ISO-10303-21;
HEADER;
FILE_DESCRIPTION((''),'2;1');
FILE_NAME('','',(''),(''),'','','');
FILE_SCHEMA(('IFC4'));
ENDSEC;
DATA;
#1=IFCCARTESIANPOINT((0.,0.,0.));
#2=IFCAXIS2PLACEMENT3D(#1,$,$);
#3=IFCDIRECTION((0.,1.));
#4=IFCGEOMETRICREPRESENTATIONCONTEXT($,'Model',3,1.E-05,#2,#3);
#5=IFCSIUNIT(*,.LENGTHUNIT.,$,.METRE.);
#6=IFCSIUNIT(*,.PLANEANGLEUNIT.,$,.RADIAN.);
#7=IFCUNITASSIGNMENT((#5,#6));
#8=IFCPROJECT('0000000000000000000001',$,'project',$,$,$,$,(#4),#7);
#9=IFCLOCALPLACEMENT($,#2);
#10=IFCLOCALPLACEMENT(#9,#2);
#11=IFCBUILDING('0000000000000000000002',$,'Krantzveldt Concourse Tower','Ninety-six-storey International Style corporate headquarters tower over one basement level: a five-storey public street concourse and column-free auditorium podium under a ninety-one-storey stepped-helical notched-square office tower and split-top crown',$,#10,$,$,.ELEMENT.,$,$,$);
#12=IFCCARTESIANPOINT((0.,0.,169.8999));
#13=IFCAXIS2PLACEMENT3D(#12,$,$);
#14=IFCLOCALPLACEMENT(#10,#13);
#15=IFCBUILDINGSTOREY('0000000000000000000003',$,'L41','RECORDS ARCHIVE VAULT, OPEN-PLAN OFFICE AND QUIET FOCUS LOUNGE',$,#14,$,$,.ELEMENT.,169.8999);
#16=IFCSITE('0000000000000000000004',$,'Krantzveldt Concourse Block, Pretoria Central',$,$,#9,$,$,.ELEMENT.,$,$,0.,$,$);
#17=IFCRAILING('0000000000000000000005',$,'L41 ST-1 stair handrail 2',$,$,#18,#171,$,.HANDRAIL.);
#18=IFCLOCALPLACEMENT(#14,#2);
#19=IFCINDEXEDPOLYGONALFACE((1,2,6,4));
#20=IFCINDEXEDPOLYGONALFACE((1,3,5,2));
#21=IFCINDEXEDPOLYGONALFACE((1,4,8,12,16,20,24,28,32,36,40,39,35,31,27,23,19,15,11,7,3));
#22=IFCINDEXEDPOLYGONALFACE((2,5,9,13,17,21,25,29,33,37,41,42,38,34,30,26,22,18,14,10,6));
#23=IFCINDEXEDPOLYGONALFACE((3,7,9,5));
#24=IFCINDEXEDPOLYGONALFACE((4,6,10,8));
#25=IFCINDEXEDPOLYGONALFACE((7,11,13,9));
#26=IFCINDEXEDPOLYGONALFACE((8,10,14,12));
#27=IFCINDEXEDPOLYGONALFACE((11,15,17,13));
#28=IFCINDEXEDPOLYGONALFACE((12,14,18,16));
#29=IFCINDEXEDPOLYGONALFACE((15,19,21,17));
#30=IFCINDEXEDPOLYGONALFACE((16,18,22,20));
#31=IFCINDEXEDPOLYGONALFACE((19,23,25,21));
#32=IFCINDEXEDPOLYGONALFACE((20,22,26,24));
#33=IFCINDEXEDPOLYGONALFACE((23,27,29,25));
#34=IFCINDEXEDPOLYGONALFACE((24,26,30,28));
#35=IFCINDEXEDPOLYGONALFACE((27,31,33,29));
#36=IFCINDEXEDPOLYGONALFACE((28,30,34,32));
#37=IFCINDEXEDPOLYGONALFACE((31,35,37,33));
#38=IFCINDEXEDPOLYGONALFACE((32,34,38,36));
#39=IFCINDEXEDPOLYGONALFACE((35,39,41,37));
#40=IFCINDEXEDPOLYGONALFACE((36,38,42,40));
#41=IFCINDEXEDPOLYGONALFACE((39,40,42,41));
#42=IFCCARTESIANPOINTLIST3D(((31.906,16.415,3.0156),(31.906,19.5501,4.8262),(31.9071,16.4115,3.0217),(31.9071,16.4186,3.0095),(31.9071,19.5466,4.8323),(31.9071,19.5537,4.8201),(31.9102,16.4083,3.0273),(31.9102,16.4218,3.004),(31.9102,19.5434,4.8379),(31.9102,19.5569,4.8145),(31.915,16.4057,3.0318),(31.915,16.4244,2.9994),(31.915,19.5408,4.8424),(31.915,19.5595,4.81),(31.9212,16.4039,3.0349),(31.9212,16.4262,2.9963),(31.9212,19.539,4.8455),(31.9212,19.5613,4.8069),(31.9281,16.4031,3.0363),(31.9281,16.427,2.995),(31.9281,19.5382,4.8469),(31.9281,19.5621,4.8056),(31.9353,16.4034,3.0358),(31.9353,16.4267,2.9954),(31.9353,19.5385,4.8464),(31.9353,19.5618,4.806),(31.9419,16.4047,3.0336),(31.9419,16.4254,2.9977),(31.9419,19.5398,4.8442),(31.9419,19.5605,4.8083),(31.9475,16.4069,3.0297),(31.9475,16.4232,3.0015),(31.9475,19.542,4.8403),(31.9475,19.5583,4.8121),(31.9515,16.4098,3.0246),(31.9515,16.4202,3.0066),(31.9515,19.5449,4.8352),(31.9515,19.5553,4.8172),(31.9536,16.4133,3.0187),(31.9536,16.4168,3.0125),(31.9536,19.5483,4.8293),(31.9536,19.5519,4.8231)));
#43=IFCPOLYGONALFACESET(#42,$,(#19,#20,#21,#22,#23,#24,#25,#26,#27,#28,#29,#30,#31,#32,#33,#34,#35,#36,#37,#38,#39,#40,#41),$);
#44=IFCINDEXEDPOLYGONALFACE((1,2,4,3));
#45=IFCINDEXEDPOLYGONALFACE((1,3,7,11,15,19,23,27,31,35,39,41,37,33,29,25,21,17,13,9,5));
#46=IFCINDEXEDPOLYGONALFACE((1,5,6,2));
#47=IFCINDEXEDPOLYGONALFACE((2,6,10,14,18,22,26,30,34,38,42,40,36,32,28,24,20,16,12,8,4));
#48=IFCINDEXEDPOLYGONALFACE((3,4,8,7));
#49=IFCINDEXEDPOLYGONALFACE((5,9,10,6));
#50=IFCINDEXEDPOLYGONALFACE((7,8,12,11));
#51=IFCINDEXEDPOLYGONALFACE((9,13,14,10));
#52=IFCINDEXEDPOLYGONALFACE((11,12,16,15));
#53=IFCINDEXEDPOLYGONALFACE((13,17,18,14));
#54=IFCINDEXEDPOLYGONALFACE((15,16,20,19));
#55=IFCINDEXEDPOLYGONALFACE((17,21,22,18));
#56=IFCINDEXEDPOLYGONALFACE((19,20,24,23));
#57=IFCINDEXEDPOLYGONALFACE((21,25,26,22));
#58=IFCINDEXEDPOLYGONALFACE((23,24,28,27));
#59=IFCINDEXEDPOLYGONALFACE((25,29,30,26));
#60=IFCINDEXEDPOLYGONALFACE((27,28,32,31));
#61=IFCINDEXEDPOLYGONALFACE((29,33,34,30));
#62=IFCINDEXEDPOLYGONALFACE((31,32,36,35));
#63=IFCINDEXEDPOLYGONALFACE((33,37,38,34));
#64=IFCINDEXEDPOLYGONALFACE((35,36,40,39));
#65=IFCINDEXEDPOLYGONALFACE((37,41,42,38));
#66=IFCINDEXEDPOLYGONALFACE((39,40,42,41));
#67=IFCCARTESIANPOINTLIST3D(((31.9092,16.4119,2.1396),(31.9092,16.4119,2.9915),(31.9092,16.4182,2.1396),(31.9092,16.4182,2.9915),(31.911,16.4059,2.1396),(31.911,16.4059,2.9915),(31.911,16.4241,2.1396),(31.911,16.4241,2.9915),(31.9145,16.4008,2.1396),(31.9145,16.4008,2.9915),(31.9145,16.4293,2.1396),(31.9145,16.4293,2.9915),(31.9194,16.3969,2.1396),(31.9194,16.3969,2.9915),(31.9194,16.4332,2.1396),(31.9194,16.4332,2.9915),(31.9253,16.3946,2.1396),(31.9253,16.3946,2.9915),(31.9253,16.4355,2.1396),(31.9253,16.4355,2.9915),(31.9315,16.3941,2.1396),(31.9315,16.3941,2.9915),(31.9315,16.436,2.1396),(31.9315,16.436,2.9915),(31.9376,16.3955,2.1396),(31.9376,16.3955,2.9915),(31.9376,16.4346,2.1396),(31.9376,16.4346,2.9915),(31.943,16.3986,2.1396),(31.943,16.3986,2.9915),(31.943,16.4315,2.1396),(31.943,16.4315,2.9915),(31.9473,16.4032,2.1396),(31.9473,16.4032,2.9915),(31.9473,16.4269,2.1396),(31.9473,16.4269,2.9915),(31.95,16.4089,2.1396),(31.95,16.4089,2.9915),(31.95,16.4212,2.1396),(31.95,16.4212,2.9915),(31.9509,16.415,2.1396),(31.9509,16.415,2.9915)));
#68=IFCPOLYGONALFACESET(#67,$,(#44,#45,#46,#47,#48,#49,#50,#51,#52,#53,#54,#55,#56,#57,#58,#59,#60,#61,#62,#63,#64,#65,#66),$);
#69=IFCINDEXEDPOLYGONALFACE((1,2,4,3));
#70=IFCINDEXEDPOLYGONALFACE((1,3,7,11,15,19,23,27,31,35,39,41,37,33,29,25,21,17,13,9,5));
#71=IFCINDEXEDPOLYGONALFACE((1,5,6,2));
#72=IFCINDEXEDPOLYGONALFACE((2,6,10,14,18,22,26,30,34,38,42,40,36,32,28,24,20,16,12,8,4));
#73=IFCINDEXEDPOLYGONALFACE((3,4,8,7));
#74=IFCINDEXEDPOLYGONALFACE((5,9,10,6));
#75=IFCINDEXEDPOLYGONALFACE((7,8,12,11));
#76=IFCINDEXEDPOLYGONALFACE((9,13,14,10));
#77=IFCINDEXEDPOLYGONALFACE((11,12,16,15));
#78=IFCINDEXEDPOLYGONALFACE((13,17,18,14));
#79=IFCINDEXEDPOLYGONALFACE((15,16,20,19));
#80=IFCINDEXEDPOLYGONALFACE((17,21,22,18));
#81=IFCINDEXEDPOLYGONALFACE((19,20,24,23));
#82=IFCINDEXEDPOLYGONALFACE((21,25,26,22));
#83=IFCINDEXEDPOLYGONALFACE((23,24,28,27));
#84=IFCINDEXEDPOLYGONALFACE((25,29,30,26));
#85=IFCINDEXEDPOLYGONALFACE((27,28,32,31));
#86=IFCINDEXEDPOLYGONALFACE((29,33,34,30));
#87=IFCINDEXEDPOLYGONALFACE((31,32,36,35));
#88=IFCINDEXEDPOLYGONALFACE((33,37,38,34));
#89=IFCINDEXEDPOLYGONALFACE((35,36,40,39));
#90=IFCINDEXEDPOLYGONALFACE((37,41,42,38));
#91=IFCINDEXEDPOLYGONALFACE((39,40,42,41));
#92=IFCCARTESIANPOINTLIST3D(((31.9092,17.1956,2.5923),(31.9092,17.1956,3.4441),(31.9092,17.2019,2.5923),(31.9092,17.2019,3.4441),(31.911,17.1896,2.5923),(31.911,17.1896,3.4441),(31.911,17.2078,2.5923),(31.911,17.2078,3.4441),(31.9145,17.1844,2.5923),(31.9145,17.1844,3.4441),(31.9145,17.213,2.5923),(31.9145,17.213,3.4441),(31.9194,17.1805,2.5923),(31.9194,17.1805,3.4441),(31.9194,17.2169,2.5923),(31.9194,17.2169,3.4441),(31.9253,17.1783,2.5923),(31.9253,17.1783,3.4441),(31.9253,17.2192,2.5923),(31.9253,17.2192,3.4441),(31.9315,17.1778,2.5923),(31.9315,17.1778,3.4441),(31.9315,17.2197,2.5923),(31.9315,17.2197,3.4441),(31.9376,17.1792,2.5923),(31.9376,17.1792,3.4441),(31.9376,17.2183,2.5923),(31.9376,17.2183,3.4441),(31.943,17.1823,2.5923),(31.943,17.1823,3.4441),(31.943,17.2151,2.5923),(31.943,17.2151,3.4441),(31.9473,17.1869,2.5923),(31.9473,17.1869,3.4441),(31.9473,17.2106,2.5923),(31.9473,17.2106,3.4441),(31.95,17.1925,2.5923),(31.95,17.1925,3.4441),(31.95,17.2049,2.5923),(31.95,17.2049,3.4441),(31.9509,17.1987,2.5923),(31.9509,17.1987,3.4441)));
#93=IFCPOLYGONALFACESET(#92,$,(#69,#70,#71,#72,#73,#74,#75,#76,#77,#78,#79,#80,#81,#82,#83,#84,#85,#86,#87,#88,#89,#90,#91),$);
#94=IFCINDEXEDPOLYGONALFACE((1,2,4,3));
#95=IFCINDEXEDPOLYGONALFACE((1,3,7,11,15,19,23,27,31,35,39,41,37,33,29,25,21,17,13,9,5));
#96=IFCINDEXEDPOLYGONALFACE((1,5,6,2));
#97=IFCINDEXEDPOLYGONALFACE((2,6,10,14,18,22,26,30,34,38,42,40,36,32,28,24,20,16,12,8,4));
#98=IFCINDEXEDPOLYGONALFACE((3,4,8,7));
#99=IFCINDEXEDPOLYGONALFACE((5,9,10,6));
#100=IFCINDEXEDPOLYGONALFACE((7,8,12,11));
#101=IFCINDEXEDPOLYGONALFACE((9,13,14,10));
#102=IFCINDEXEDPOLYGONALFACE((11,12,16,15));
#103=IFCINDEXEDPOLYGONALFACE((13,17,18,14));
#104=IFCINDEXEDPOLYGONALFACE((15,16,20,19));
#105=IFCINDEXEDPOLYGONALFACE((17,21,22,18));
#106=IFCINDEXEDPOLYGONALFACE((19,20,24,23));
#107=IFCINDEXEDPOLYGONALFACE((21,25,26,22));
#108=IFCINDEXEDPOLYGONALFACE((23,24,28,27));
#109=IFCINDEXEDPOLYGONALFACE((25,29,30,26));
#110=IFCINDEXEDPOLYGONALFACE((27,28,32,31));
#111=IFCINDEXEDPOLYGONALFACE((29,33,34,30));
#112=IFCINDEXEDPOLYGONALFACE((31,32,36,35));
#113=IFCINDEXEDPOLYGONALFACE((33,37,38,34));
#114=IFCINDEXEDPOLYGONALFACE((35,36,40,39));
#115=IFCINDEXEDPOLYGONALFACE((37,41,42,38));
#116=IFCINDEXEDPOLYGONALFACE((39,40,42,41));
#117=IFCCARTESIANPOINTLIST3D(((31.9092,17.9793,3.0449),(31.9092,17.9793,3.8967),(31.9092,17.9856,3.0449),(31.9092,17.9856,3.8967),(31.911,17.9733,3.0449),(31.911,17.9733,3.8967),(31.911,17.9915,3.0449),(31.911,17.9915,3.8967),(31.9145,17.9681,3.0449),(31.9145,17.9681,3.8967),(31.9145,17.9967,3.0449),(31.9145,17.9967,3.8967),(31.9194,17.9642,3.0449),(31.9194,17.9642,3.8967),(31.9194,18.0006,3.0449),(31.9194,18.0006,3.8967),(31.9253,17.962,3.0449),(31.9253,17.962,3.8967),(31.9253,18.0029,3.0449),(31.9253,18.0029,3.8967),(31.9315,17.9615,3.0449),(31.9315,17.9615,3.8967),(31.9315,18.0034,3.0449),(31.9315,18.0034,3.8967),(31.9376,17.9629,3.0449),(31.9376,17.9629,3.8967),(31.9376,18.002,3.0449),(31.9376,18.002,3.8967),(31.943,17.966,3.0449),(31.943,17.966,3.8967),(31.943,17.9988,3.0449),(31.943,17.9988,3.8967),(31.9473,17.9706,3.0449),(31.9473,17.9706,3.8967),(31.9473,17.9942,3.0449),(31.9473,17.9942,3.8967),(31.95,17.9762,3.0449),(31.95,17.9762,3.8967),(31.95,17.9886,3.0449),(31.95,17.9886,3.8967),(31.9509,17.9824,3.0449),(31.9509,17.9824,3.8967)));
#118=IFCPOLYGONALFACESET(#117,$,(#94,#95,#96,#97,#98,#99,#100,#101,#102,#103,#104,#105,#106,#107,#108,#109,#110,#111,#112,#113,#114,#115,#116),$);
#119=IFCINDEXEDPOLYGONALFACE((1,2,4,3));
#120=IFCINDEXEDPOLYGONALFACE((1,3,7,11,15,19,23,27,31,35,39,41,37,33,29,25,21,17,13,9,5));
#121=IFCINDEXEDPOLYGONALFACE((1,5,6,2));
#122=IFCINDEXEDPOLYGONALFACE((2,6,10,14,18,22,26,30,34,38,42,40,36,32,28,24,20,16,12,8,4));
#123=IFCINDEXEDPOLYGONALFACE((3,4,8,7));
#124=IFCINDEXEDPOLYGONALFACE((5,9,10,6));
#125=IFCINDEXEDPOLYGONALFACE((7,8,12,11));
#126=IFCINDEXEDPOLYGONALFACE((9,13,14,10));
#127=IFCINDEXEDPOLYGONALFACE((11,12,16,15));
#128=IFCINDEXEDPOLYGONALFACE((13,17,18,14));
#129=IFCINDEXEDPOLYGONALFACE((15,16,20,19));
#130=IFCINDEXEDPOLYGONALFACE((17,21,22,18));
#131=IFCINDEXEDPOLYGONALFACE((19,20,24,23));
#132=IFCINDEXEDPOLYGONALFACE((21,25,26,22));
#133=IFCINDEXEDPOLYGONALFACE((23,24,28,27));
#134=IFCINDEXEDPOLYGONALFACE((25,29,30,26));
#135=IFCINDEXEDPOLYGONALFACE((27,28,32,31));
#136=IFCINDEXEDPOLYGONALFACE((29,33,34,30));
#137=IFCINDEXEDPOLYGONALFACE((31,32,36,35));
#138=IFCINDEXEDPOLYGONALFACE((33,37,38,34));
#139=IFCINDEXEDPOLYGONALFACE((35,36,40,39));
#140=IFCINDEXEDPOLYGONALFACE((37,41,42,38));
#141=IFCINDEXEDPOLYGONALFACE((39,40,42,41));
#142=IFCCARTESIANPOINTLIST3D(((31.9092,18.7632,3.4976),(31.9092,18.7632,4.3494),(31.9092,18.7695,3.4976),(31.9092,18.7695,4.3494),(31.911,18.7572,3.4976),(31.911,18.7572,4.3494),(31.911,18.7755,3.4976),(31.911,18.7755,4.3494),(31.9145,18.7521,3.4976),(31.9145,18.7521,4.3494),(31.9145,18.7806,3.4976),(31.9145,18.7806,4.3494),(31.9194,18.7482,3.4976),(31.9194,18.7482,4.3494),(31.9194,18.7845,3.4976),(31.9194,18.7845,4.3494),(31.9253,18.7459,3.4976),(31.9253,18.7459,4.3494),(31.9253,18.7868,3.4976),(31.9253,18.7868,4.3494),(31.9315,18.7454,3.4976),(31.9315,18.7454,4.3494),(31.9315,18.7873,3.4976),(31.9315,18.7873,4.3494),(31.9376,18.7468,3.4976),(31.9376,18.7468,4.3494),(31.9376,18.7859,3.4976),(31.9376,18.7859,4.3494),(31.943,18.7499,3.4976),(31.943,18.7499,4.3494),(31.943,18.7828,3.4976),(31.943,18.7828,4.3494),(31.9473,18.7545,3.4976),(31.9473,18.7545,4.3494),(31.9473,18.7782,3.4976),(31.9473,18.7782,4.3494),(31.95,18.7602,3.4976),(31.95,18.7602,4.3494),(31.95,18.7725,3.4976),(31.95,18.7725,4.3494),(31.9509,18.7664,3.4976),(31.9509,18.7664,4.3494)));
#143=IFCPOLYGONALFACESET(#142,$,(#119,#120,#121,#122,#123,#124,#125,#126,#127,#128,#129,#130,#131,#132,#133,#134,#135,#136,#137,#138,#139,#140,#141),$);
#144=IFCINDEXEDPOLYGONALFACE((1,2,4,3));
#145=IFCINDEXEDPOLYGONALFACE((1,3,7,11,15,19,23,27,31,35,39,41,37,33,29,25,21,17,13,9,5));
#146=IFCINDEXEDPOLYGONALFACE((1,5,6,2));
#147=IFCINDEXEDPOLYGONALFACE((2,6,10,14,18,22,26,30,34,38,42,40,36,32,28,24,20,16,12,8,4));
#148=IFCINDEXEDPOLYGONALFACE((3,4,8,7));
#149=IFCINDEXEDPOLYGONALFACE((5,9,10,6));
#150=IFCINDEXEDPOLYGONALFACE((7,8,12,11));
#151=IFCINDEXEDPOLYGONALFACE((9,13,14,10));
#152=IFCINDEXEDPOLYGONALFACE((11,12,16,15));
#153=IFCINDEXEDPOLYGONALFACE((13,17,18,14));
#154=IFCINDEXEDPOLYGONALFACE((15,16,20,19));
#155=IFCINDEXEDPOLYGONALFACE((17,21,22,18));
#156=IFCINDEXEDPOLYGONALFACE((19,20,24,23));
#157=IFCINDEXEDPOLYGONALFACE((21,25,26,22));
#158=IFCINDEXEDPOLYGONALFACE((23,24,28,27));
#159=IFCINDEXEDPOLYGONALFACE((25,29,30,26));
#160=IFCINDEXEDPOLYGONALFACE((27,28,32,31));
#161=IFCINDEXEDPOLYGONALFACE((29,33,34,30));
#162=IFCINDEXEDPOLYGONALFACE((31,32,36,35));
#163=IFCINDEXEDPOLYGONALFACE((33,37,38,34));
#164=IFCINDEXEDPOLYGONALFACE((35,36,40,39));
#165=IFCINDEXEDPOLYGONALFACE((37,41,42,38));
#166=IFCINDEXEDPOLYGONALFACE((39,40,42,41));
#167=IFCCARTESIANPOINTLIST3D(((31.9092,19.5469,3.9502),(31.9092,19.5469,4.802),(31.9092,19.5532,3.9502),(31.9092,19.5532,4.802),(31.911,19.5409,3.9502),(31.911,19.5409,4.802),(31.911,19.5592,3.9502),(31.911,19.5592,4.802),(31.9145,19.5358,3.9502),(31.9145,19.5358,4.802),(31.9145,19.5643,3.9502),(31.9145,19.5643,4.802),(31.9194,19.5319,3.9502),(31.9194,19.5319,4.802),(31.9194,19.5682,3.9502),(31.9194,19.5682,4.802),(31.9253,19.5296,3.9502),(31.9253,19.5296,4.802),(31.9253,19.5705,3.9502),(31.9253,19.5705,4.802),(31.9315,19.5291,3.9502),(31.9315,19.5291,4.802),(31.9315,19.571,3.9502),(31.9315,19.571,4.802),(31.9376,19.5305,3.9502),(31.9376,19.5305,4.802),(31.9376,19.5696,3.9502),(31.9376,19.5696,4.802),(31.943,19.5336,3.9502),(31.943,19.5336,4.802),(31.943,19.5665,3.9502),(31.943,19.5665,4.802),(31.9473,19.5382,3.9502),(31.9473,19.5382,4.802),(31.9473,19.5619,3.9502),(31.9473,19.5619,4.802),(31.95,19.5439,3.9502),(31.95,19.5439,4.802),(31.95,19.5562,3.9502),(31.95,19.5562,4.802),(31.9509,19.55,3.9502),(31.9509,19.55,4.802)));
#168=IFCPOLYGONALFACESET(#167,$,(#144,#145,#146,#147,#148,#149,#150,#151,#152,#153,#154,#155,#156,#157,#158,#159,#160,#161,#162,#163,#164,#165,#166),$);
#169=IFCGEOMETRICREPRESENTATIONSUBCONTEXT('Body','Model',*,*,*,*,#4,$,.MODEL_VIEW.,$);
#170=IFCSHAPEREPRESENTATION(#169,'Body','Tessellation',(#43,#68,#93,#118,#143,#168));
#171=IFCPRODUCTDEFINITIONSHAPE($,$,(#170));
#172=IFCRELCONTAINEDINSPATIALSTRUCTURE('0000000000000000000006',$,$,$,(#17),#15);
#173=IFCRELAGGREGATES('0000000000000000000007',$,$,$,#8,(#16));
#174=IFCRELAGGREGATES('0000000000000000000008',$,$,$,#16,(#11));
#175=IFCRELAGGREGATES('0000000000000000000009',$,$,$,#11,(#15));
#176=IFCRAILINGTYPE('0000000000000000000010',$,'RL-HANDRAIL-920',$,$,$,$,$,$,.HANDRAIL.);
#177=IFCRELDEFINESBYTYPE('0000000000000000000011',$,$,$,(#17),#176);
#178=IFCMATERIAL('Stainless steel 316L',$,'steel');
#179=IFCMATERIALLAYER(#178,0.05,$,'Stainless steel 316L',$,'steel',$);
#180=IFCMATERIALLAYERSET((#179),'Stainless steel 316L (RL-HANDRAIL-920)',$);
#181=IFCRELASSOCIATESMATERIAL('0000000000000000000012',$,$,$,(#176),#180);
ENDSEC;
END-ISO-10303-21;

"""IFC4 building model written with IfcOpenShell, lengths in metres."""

from ifc_helpers import new_model, si_unit, direction, frame, origin, origin_2d, place, context, subcontext, project, spatial, circle, extrude, material, layer, layer_set, type_object, element, save


model = new_model("IFC4")

# Units and contexts
model_context = context("Model", 3, precision=1e-05, world=origin(), true_north=direction((0.0, 1.0)))
body_context = subcontext(model_context, "Body", "Model", "MODEL_VIEW")
ifc_project = project(units=[si_unit("LENGTHUNIT", "METRE"), si_unit("PLANEANGLEUNIT", "RADIAN")], contexts=[model_context])

# Site, building, storey
site_placement = place(None, origin())
site = spatial("IfcSite", under=ifc_project, at=site_placement, Name="Krantzveldt Concourse Block, Pretoria Central", CompositionType="ELEMENT", RefElevation=0.0)
building_placement = place(site_placement, origin())
building = spatial("IfcBuilding", under=site, at=building_placement, Name="Krantzveldt Concourse Tower", Description="Ninety-six-storey International Style corporate headquarters tower over one basement level: a five-storey public street concourse and column-free auditorium podium under a ninety-one-storey stepped-helical notched-square office tower and split-top crown", CompositionType="ELEMENT")
storey_placement = place(building_placement, frame((0.0, 0.0, 169.8999)))
storey = spatial("IfcBuildingStorey", under=building, at=storey_placement, Name="L41", Description="RECORDS ARCHIVE VAULT, OPEN-PLAN OFFICE AND QUIET FOCUS LOUNGE", CompositionType="ELEMENT", Elevation=169.8999)

# Railing
ifc_material_1 = material(Name="Stainless steel 316L", Category="steel")
ifc_layer_1 = layer(ifc_material_1, 0.05, Name="Stainless steel 316L", Category="steel")
ifc_layer_set_1 = layer_set([ifc_layer_1], Name="Stainless steel 316L (RL-HANDRAIL-920)")
railing_type_1 = type_object("IfcRailingType", Name="RL-HANDRAIL-920", PredefinedType="HANDRAIL", material=ifc_layer_set_1)
railing_1_placement = place(storey_placement, frame((31.9299, 16.415, 2.1396)))
element("IfcRailing", 1, at=railing_1_placement, inside=storey, type_object=railing_type_1, Name="L41 ST-1 stair handrail 2", PredefinedType="HANDRAIL", context=body_context, shape_type="SweptSolid", body=[
    extrude(circle(Radius=0.0239, at=origin_2d()), frame((0.0, 0.0, 0.876), z_axis=(0.0, 0.86596, 0.500114), x_axis=(-1.0, 0.0, 0.0)), (0.0, 0.0, 1.0), 3.6204),
    extrude(circle(Radius=0.021, at=origin_2d()), origin(), (0.0, 0.0, 1.0), 0.8518),
    extrude(circle(Radius=0.021, at=origin_2d()), frame((0.0, 0.7837, 0.4526)), (0.0, 0.0, 1.0), 0.8518),
    extrude(circle(Radius=0.021, at=origin_2d()), frame((0.0, 1.5674, 0.9053)), (0.0, 0.0, 1.0), 0.8518),
    extrude(circle(Radius=0.021, at=origin_2d()), frame((0.0, 2.3513, 1.3579)), (0.0, 0.0, 1.0), 0.8518),
    extrude(circle(Radius=0.021, at=origin_2d()), frame((0.0, 3.135, 1.8105)), (0.0, 0.0, 1.0), 0.8518),
])

save(model, "model.ifc")
